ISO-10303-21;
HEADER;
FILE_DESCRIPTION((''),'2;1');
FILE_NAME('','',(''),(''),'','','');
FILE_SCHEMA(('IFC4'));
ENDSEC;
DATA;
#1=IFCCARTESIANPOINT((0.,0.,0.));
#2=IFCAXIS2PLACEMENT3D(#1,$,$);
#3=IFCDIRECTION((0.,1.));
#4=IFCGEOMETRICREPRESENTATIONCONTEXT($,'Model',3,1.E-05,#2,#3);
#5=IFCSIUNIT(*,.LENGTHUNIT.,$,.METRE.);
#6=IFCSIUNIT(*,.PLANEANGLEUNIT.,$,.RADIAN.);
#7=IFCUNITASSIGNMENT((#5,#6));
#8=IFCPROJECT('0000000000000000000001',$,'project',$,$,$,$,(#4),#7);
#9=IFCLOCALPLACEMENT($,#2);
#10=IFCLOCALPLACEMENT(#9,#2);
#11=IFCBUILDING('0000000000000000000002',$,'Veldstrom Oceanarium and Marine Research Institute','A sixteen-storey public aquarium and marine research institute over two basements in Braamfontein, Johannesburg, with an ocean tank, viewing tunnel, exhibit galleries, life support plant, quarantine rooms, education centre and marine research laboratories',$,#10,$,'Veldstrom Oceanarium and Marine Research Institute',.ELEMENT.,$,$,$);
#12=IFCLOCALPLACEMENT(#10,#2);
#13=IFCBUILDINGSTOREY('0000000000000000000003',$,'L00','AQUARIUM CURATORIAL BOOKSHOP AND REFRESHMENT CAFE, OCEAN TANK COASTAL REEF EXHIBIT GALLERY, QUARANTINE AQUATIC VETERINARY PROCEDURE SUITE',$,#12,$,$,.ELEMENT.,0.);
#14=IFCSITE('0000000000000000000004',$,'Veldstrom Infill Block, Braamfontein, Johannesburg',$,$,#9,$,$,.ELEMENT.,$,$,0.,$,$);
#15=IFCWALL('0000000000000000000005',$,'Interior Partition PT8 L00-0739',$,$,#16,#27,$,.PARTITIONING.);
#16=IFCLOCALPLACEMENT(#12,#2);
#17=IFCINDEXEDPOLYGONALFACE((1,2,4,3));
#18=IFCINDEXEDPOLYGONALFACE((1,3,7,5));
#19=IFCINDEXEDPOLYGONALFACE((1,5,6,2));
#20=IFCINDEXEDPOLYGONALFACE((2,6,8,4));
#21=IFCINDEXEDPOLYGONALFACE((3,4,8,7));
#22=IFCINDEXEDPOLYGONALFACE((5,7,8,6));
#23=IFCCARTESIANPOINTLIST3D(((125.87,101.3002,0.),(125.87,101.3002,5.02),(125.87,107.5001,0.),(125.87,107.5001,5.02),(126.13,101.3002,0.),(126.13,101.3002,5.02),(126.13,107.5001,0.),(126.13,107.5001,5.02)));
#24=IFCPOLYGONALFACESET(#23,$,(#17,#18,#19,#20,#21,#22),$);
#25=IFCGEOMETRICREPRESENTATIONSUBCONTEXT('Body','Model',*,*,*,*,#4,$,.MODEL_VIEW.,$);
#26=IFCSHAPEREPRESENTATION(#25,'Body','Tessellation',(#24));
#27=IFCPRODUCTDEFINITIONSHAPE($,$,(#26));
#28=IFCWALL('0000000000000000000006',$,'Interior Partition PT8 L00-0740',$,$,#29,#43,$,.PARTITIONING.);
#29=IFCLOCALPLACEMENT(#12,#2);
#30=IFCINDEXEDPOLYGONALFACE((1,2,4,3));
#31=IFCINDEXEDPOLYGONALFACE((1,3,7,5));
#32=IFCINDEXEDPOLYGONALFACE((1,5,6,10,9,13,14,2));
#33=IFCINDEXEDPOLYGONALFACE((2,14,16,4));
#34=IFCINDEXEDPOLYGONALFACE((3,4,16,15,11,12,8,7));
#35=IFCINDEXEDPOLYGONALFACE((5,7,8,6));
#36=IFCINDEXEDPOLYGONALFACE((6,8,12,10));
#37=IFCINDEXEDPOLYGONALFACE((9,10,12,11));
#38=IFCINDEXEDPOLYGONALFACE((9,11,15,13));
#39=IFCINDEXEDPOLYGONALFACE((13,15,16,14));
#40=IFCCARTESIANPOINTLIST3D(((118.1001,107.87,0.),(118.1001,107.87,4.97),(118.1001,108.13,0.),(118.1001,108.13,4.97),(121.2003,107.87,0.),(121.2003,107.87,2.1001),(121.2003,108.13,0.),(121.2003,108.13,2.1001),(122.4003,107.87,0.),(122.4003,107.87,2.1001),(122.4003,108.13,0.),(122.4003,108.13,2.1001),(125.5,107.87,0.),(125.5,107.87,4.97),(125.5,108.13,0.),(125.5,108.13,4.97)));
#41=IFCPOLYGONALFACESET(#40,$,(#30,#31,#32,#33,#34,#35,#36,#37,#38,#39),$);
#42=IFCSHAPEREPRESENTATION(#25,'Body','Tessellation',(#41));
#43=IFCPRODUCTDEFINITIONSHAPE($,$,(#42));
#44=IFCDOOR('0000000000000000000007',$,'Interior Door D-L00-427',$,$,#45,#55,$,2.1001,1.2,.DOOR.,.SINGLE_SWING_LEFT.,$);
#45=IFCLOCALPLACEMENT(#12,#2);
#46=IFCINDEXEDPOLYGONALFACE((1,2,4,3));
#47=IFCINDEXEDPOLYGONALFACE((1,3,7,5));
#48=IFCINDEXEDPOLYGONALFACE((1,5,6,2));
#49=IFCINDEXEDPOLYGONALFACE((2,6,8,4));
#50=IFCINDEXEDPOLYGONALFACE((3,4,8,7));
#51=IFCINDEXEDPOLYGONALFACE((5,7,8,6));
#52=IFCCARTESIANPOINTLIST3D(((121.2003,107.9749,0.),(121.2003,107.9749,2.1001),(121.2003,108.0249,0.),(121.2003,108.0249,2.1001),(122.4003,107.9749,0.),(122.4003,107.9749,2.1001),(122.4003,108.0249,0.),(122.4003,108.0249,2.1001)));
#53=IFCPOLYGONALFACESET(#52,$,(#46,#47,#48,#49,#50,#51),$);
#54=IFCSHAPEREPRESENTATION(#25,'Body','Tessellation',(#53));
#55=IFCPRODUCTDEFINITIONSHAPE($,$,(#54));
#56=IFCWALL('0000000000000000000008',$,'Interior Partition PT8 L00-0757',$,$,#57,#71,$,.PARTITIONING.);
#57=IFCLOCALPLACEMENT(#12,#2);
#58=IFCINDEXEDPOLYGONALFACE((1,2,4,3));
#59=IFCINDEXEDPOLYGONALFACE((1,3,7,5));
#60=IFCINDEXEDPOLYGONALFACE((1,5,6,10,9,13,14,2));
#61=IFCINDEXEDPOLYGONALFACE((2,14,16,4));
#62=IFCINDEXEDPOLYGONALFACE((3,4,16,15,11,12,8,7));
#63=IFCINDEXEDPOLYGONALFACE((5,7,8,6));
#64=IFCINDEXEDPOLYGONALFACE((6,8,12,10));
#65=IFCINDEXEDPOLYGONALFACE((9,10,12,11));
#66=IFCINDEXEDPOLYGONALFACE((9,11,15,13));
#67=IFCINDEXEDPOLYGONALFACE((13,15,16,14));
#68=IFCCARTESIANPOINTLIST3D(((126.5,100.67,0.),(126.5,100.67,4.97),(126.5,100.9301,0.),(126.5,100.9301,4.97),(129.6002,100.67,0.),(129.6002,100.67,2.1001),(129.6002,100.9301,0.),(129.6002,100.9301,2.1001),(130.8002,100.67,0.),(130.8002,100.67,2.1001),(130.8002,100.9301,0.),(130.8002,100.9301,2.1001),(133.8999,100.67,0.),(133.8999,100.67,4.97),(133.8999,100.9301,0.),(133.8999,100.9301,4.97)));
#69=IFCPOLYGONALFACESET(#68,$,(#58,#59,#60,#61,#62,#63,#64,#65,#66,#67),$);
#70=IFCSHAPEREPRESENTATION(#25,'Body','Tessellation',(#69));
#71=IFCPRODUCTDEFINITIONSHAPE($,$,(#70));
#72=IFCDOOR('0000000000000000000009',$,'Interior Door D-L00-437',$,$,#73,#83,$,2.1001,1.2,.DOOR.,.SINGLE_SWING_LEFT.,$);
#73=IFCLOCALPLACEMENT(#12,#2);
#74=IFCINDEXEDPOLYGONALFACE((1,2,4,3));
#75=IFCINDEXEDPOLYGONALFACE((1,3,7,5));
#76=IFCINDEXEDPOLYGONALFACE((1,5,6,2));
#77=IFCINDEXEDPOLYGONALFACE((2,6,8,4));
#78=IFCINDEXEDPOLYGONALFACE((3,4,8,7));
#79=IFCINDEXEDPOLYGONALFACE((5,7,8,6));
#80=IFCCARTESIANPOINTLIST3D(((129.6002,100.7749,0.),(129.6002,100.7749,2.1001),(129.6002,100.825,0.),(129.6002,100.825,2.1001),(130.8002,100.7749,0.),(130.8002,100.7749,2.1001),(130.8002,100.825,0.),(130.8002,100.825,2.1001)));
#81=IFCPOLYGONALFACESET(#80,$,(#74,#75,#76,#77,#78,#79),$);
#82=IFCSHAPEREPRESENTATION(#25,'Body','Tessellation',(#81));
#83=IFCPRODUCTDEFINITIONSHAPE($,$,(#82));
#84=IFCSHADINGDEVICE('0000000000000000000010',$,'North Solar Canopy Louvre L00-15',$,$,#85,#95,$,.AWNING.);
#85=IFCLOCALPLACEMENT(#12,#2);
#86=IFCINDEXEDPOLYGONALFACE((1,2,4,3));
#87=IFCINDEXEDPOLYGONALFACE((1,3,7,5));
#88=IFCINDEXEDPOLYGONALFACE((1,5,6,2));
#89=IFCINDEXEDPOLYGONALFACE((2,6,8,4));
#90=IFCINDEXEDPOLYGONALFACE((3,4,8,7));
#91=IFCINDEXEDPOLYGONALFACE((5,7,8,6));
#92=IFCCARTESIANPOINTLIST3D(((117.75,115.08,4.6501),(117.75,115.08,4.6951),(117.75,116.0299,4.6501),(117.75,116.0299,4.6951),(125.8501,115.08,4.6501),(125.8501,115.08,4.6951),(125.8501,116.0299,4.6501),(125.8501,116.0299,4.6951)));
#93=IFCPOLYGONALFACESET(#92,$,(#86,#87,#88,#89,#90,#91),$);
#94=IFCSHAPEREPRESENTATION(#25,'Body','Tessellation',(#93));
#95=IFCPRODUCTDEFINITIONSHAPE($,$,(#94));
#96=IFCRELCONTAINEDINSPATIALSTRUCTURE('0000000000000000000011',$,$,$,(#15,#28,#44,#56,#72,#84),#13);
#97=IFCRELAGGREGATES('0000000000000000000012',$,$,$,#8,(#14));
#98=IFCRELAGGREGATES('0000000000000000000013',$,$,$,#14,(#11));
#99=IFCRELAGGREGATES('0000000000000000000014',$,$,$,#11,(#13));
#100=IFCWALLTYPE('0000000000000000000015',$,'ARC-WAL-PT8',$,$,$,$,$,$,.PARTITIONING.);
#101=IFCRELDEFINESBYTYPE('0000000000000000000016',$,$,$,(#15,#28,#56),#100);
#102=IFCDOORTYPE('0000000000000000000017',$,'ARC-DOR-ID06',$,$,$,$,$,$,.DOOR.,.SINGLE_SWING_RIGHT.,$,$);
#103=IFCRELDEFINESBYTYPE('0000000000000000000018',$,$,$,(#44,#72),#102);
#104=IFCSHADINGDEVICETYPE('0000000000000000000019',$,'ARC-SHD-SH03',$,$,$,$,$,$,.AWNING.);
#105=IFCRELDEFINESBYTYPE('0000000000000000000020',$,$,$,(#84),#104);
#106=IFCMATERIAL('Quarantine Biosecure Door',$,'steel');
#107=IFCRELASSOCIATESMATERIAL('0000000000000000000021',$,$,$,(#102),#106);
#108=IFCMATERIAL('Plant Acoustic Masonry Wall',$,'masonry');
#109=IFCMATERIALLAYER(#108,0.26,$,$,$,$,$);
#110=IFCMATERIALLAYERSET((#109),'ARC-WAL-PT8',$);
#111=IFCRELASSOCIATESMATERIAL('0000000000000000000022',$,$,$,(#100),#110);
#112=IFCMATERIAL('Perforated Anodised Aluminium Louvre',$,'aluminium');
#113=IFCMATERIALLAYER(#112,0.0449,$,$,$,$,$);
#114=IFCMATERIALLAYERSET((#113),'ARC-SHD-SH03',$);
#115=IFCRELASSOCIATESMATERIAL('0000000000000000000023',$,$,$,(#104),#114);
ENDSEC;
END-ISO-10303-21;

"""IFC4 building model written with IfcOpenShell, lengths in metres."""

from ifc_helpers import new_model, si_unit, direction, frame, frame_2d, origin, origin_2d, place, context, subcontext, project, spatial, rectangle, extrude, material, layer, layer_set, type_object, element, fill, save


model = new_model("IFC4")

# Units and contexts
model_context = context("Model", 3, precision=1e-05, world=origin(), true_north=direction((0.0, 1.0)))
body_context = subcontext(model_context, "Body", "Model", "MODEL_VIEW")
ifc_project = project(units=[si_unit("LENGTHUNIT", "METRE"), si_unit("PLANEANGLEUNIT", "RADIAN")], contexts=[model_context])

# Site, building, storey
site_placement = place(None, origin())
site = spatial("IfcSite", under=ifc_project, at=site_placement, Name="Veldstrom Infill Block, Braamfontein, Johannesburg", CompositionType="ELEMENT", RefElevation=0.0)
building_placement = place(site_placement, origin())
building = spatial("IfcBuilding", under=site, at=building_placement, Name="Veldstrom Oceanarium and Marine Research Institute", Description="A sixteen-storey public aquarium and marine research institute over two basements in Braamfontein, Johannesburg, with an ocean tank, viewing tunnel, exhibit galleries, life support plant, quarantine rooms, education centre and marine research laboratories", LongName="Veldstrom Oceanarium and Marine Research Institute", CompositionType="ELEMENT")
storey_placement = place(building_placement, origin())
storey = spatial("IfcBuildingStorey", under=building, at=storey_placement, Name="L00", Description="AQUARIUM CURATORIAL BOOKSHOP AND REFRESHMENT CAFE, OCEAN TANK COASTAL REEF EXHIBIT GALLERY, QUARANTINE AQUATIC VETERINARY PROCEDURE SUITE", CompositionType="ELEMENT", Elevation=0.0)

# Shared definitions
ifc_material_1 = material(Name="Quarantine Biosecure Door", Category="steel")
door_type_1 = type_object("IfcDoorType", Name="ARC-DOR-ID06", OperationType="SINGLE_SWING_RIGHT", PredefinedType="DOOR", material=ifc_material_1)

# Wall
ifc_material_2 = material(Name="Plant Acoustic Masonry Wall", Category="masonry")
ifc_layer_1 = layer(ifc_material_2, 0.26)
ifc_layer_set_1 = layer_set([ifc_layer_1], Name="ARC-WAL-PT8")
wall_type_1 = type_object("IfcWallType", Name="ARC-WAL-PT8", PredefinedType="PARTITIONING", material=ifc_layer_set_1)
wall_1_placement = place(storey_placement, frame((126.0, 101.3, 0.0), z_axis=(0.0, 0.0, 1.0), x_axis=(0.0, 1.0, 0.0)))
element("IfcWall", 1, at=wall_1_placement, inside=storey, type_object=wall_type_1, Name="Interior Partition PT8 L00-0739", PredefinedType="PARTITIONING", context=body_context, shape_type="SweptSolid", body=[
    extrude(rectangle(XDim=6.2, YDim=0.26, at=frame_2d((3.1001, 0.0))), origin(), (0.0, 0.0, 1.0), 5.02),
])

# Walls, openings, doors
wall_2_placement = place(storey_placement, frame((118.1001, 108.0, 0.0), z_axis=(0.0, 0.0, 1.0), x_axis=(1.0, 0.0, 0.0)))
wall_2 = element("IfcWall", 2, at=wall_2_placement, inside=storey, type_object=wall_type_1, Name="Interior Partition PT8 L00-0740", PredefinedType="PARTITIONING", context=body_context, shape_type="SweptSolid", body=[
    extrude(rectangle(XDim=7.3999, YDim=0.26, at=frame_2d((3.7, 0.0))), origin(), (0.0, 0.0, 1.0), 4.97),
])
opening_1_placement = place(wall_2_placement, frame((3.1001, 0.0, 0.0)))
opening_1 = element("IfcOpeningElement", 3, at=opening_1_placement, cuts=wall_2, PredefinedType="OPENING", context=body_context, shape_type="SweptSolid", body=[
    extrude(rectangle(XDim=1.2, YDim=2.1001, at=frame_2d((0.6001, 1.05))), frame((0.0, 0.1399, 0.0), z_axis=(0.0, -1.0, 0.0), x_axis=(1.0, 0.0, 0.0)), (0.0, 0.0, 1.0), 0.28),
])
door_1_placement = place(opening_1_placement, origin())
door_1 = element("IfcDoor", 4, at=door_1_placement, inside=storey, type_object=door_type_1, Name="Interior Door D-L00-427", OperationType="SINGLE_SWING_LEFT", OverallHeight=2.1001, OverallWidth=1.2, PredefinedType="DOOR", context=body_context, shape_type="SweptSolid", body=[
    extrude(rectangle(XDim=1.2, YDim=2.1001, at=frame_2d((0.6001, 1.05))), frame((0.0, 0.0249, 0.0), z_axis=(0.0, -1.0, 0.0), x_axis=(1.0, 0.0, 0.0)), (0.0, 0.0, 1.0), 0.05),
])
fill(opening_1, door_1)
wall_3_placement = place(storey_placement, frame((126.5, 100.8, 0.0), z_axis=(0.0, 0.0, 1.0), x_axis=(1.0, 0.0, 0.0)))
wall_3 = element("IfcWall", 5, at=wall_3_placement, inside=storey, type_object=wall_type_1, Name="Interior Partition PT8 L00-0757", PredefinedType="PARTITIONING", context=body_context, shape_type="SweptSolid", body=[
    extrude(rectangle(XDim=7.3999, YDim=0.26, at=frame_2d((3.7, 0.0))), origin(), (0.0, 0.0, 1.0), 4.97),
])
opening_2_placement = place(wall_3_placement, frame((3.1001, 0.0, 0.0)))
opening_2 = element("IfcOpeningElement", 6, at=opening_2_placement, cuts=wall_3, PredefinedType="OPENING", context=body_context, shape_type="SweptSolid", body=[
    extrude(rectangle(XDim=1.2, YDim=2.1001, at=frame_2d((0.6001, 1.05))), frame((0.0, 0.1399, 0.0), z_axis=(0.0, -1.0, 0.0), x_axis=(1.0, 0.0, 0.0)), (0.0, 0.0, 1.0), 0.28),
])
door_2_placement = place(opening_2_placement, origin())
door_2 = element("IfcDoor", 7, at=door_2_placement, inside=storey, type_object=door_type_1, Name="Interior Door D-L00-437", OperationType="SINGLE_SWING_LEFT", OverallHeight=2.1001, OverallWidth=1.2, PredefinedType="DOOR", context=body_context, shape_type="SweptSolid", body=[
    extrude(rectangle(XDim=1.2, YDim=2.1001, at=frame_2d((0.6001, 1.05))), frame((0.0, 0.0249, 0.0), z_axis=(0.0, -1.0, 0.0), x_axis=(1.0, 0.0, 0.0)), (0.0, 0.0, 1.0), 0.05),
])
fill(opening_2, door_2)

# Shading device
ifc_material_3 = material(Name="Perforated Anodised Aluminium Louvre", Category="aluminium")
ifc_layer_2 = layer(ifc_material_3, 0.0449)
ifc_layer_set_2 = layer_set([ifc_layer_2], Name="ARC-SHD-SH03")
shading_device_type = type_object("IfcShadingDeviceType", Name="ARC-SHD-SH03", PredefinedType="AWNING", material=ifc_layer_set_2)
shading_device_placement = place(storey_placement, frame((121.8, 115.5549, 4.6501), z_axis=(0.0, 0.0, 1.0), x_axis=(1.0, 0.0, 0.0)))
element("IfcShadingDevice", 8, at=shading_device_placement, inside=storey, type_object=shading_device_type, Name="North Solar Canopy Louvre L00-15", PredefinedType="AWNING", context=body_context, shape_type="SweptSolid", body=[
    extrude(rectangle(XDim=8.1001, YDim=0.95, at=origin_2d()), origin(), (0.0, 0.0, 1.0), 0.0449),
])

save(model, "model.ifc")
